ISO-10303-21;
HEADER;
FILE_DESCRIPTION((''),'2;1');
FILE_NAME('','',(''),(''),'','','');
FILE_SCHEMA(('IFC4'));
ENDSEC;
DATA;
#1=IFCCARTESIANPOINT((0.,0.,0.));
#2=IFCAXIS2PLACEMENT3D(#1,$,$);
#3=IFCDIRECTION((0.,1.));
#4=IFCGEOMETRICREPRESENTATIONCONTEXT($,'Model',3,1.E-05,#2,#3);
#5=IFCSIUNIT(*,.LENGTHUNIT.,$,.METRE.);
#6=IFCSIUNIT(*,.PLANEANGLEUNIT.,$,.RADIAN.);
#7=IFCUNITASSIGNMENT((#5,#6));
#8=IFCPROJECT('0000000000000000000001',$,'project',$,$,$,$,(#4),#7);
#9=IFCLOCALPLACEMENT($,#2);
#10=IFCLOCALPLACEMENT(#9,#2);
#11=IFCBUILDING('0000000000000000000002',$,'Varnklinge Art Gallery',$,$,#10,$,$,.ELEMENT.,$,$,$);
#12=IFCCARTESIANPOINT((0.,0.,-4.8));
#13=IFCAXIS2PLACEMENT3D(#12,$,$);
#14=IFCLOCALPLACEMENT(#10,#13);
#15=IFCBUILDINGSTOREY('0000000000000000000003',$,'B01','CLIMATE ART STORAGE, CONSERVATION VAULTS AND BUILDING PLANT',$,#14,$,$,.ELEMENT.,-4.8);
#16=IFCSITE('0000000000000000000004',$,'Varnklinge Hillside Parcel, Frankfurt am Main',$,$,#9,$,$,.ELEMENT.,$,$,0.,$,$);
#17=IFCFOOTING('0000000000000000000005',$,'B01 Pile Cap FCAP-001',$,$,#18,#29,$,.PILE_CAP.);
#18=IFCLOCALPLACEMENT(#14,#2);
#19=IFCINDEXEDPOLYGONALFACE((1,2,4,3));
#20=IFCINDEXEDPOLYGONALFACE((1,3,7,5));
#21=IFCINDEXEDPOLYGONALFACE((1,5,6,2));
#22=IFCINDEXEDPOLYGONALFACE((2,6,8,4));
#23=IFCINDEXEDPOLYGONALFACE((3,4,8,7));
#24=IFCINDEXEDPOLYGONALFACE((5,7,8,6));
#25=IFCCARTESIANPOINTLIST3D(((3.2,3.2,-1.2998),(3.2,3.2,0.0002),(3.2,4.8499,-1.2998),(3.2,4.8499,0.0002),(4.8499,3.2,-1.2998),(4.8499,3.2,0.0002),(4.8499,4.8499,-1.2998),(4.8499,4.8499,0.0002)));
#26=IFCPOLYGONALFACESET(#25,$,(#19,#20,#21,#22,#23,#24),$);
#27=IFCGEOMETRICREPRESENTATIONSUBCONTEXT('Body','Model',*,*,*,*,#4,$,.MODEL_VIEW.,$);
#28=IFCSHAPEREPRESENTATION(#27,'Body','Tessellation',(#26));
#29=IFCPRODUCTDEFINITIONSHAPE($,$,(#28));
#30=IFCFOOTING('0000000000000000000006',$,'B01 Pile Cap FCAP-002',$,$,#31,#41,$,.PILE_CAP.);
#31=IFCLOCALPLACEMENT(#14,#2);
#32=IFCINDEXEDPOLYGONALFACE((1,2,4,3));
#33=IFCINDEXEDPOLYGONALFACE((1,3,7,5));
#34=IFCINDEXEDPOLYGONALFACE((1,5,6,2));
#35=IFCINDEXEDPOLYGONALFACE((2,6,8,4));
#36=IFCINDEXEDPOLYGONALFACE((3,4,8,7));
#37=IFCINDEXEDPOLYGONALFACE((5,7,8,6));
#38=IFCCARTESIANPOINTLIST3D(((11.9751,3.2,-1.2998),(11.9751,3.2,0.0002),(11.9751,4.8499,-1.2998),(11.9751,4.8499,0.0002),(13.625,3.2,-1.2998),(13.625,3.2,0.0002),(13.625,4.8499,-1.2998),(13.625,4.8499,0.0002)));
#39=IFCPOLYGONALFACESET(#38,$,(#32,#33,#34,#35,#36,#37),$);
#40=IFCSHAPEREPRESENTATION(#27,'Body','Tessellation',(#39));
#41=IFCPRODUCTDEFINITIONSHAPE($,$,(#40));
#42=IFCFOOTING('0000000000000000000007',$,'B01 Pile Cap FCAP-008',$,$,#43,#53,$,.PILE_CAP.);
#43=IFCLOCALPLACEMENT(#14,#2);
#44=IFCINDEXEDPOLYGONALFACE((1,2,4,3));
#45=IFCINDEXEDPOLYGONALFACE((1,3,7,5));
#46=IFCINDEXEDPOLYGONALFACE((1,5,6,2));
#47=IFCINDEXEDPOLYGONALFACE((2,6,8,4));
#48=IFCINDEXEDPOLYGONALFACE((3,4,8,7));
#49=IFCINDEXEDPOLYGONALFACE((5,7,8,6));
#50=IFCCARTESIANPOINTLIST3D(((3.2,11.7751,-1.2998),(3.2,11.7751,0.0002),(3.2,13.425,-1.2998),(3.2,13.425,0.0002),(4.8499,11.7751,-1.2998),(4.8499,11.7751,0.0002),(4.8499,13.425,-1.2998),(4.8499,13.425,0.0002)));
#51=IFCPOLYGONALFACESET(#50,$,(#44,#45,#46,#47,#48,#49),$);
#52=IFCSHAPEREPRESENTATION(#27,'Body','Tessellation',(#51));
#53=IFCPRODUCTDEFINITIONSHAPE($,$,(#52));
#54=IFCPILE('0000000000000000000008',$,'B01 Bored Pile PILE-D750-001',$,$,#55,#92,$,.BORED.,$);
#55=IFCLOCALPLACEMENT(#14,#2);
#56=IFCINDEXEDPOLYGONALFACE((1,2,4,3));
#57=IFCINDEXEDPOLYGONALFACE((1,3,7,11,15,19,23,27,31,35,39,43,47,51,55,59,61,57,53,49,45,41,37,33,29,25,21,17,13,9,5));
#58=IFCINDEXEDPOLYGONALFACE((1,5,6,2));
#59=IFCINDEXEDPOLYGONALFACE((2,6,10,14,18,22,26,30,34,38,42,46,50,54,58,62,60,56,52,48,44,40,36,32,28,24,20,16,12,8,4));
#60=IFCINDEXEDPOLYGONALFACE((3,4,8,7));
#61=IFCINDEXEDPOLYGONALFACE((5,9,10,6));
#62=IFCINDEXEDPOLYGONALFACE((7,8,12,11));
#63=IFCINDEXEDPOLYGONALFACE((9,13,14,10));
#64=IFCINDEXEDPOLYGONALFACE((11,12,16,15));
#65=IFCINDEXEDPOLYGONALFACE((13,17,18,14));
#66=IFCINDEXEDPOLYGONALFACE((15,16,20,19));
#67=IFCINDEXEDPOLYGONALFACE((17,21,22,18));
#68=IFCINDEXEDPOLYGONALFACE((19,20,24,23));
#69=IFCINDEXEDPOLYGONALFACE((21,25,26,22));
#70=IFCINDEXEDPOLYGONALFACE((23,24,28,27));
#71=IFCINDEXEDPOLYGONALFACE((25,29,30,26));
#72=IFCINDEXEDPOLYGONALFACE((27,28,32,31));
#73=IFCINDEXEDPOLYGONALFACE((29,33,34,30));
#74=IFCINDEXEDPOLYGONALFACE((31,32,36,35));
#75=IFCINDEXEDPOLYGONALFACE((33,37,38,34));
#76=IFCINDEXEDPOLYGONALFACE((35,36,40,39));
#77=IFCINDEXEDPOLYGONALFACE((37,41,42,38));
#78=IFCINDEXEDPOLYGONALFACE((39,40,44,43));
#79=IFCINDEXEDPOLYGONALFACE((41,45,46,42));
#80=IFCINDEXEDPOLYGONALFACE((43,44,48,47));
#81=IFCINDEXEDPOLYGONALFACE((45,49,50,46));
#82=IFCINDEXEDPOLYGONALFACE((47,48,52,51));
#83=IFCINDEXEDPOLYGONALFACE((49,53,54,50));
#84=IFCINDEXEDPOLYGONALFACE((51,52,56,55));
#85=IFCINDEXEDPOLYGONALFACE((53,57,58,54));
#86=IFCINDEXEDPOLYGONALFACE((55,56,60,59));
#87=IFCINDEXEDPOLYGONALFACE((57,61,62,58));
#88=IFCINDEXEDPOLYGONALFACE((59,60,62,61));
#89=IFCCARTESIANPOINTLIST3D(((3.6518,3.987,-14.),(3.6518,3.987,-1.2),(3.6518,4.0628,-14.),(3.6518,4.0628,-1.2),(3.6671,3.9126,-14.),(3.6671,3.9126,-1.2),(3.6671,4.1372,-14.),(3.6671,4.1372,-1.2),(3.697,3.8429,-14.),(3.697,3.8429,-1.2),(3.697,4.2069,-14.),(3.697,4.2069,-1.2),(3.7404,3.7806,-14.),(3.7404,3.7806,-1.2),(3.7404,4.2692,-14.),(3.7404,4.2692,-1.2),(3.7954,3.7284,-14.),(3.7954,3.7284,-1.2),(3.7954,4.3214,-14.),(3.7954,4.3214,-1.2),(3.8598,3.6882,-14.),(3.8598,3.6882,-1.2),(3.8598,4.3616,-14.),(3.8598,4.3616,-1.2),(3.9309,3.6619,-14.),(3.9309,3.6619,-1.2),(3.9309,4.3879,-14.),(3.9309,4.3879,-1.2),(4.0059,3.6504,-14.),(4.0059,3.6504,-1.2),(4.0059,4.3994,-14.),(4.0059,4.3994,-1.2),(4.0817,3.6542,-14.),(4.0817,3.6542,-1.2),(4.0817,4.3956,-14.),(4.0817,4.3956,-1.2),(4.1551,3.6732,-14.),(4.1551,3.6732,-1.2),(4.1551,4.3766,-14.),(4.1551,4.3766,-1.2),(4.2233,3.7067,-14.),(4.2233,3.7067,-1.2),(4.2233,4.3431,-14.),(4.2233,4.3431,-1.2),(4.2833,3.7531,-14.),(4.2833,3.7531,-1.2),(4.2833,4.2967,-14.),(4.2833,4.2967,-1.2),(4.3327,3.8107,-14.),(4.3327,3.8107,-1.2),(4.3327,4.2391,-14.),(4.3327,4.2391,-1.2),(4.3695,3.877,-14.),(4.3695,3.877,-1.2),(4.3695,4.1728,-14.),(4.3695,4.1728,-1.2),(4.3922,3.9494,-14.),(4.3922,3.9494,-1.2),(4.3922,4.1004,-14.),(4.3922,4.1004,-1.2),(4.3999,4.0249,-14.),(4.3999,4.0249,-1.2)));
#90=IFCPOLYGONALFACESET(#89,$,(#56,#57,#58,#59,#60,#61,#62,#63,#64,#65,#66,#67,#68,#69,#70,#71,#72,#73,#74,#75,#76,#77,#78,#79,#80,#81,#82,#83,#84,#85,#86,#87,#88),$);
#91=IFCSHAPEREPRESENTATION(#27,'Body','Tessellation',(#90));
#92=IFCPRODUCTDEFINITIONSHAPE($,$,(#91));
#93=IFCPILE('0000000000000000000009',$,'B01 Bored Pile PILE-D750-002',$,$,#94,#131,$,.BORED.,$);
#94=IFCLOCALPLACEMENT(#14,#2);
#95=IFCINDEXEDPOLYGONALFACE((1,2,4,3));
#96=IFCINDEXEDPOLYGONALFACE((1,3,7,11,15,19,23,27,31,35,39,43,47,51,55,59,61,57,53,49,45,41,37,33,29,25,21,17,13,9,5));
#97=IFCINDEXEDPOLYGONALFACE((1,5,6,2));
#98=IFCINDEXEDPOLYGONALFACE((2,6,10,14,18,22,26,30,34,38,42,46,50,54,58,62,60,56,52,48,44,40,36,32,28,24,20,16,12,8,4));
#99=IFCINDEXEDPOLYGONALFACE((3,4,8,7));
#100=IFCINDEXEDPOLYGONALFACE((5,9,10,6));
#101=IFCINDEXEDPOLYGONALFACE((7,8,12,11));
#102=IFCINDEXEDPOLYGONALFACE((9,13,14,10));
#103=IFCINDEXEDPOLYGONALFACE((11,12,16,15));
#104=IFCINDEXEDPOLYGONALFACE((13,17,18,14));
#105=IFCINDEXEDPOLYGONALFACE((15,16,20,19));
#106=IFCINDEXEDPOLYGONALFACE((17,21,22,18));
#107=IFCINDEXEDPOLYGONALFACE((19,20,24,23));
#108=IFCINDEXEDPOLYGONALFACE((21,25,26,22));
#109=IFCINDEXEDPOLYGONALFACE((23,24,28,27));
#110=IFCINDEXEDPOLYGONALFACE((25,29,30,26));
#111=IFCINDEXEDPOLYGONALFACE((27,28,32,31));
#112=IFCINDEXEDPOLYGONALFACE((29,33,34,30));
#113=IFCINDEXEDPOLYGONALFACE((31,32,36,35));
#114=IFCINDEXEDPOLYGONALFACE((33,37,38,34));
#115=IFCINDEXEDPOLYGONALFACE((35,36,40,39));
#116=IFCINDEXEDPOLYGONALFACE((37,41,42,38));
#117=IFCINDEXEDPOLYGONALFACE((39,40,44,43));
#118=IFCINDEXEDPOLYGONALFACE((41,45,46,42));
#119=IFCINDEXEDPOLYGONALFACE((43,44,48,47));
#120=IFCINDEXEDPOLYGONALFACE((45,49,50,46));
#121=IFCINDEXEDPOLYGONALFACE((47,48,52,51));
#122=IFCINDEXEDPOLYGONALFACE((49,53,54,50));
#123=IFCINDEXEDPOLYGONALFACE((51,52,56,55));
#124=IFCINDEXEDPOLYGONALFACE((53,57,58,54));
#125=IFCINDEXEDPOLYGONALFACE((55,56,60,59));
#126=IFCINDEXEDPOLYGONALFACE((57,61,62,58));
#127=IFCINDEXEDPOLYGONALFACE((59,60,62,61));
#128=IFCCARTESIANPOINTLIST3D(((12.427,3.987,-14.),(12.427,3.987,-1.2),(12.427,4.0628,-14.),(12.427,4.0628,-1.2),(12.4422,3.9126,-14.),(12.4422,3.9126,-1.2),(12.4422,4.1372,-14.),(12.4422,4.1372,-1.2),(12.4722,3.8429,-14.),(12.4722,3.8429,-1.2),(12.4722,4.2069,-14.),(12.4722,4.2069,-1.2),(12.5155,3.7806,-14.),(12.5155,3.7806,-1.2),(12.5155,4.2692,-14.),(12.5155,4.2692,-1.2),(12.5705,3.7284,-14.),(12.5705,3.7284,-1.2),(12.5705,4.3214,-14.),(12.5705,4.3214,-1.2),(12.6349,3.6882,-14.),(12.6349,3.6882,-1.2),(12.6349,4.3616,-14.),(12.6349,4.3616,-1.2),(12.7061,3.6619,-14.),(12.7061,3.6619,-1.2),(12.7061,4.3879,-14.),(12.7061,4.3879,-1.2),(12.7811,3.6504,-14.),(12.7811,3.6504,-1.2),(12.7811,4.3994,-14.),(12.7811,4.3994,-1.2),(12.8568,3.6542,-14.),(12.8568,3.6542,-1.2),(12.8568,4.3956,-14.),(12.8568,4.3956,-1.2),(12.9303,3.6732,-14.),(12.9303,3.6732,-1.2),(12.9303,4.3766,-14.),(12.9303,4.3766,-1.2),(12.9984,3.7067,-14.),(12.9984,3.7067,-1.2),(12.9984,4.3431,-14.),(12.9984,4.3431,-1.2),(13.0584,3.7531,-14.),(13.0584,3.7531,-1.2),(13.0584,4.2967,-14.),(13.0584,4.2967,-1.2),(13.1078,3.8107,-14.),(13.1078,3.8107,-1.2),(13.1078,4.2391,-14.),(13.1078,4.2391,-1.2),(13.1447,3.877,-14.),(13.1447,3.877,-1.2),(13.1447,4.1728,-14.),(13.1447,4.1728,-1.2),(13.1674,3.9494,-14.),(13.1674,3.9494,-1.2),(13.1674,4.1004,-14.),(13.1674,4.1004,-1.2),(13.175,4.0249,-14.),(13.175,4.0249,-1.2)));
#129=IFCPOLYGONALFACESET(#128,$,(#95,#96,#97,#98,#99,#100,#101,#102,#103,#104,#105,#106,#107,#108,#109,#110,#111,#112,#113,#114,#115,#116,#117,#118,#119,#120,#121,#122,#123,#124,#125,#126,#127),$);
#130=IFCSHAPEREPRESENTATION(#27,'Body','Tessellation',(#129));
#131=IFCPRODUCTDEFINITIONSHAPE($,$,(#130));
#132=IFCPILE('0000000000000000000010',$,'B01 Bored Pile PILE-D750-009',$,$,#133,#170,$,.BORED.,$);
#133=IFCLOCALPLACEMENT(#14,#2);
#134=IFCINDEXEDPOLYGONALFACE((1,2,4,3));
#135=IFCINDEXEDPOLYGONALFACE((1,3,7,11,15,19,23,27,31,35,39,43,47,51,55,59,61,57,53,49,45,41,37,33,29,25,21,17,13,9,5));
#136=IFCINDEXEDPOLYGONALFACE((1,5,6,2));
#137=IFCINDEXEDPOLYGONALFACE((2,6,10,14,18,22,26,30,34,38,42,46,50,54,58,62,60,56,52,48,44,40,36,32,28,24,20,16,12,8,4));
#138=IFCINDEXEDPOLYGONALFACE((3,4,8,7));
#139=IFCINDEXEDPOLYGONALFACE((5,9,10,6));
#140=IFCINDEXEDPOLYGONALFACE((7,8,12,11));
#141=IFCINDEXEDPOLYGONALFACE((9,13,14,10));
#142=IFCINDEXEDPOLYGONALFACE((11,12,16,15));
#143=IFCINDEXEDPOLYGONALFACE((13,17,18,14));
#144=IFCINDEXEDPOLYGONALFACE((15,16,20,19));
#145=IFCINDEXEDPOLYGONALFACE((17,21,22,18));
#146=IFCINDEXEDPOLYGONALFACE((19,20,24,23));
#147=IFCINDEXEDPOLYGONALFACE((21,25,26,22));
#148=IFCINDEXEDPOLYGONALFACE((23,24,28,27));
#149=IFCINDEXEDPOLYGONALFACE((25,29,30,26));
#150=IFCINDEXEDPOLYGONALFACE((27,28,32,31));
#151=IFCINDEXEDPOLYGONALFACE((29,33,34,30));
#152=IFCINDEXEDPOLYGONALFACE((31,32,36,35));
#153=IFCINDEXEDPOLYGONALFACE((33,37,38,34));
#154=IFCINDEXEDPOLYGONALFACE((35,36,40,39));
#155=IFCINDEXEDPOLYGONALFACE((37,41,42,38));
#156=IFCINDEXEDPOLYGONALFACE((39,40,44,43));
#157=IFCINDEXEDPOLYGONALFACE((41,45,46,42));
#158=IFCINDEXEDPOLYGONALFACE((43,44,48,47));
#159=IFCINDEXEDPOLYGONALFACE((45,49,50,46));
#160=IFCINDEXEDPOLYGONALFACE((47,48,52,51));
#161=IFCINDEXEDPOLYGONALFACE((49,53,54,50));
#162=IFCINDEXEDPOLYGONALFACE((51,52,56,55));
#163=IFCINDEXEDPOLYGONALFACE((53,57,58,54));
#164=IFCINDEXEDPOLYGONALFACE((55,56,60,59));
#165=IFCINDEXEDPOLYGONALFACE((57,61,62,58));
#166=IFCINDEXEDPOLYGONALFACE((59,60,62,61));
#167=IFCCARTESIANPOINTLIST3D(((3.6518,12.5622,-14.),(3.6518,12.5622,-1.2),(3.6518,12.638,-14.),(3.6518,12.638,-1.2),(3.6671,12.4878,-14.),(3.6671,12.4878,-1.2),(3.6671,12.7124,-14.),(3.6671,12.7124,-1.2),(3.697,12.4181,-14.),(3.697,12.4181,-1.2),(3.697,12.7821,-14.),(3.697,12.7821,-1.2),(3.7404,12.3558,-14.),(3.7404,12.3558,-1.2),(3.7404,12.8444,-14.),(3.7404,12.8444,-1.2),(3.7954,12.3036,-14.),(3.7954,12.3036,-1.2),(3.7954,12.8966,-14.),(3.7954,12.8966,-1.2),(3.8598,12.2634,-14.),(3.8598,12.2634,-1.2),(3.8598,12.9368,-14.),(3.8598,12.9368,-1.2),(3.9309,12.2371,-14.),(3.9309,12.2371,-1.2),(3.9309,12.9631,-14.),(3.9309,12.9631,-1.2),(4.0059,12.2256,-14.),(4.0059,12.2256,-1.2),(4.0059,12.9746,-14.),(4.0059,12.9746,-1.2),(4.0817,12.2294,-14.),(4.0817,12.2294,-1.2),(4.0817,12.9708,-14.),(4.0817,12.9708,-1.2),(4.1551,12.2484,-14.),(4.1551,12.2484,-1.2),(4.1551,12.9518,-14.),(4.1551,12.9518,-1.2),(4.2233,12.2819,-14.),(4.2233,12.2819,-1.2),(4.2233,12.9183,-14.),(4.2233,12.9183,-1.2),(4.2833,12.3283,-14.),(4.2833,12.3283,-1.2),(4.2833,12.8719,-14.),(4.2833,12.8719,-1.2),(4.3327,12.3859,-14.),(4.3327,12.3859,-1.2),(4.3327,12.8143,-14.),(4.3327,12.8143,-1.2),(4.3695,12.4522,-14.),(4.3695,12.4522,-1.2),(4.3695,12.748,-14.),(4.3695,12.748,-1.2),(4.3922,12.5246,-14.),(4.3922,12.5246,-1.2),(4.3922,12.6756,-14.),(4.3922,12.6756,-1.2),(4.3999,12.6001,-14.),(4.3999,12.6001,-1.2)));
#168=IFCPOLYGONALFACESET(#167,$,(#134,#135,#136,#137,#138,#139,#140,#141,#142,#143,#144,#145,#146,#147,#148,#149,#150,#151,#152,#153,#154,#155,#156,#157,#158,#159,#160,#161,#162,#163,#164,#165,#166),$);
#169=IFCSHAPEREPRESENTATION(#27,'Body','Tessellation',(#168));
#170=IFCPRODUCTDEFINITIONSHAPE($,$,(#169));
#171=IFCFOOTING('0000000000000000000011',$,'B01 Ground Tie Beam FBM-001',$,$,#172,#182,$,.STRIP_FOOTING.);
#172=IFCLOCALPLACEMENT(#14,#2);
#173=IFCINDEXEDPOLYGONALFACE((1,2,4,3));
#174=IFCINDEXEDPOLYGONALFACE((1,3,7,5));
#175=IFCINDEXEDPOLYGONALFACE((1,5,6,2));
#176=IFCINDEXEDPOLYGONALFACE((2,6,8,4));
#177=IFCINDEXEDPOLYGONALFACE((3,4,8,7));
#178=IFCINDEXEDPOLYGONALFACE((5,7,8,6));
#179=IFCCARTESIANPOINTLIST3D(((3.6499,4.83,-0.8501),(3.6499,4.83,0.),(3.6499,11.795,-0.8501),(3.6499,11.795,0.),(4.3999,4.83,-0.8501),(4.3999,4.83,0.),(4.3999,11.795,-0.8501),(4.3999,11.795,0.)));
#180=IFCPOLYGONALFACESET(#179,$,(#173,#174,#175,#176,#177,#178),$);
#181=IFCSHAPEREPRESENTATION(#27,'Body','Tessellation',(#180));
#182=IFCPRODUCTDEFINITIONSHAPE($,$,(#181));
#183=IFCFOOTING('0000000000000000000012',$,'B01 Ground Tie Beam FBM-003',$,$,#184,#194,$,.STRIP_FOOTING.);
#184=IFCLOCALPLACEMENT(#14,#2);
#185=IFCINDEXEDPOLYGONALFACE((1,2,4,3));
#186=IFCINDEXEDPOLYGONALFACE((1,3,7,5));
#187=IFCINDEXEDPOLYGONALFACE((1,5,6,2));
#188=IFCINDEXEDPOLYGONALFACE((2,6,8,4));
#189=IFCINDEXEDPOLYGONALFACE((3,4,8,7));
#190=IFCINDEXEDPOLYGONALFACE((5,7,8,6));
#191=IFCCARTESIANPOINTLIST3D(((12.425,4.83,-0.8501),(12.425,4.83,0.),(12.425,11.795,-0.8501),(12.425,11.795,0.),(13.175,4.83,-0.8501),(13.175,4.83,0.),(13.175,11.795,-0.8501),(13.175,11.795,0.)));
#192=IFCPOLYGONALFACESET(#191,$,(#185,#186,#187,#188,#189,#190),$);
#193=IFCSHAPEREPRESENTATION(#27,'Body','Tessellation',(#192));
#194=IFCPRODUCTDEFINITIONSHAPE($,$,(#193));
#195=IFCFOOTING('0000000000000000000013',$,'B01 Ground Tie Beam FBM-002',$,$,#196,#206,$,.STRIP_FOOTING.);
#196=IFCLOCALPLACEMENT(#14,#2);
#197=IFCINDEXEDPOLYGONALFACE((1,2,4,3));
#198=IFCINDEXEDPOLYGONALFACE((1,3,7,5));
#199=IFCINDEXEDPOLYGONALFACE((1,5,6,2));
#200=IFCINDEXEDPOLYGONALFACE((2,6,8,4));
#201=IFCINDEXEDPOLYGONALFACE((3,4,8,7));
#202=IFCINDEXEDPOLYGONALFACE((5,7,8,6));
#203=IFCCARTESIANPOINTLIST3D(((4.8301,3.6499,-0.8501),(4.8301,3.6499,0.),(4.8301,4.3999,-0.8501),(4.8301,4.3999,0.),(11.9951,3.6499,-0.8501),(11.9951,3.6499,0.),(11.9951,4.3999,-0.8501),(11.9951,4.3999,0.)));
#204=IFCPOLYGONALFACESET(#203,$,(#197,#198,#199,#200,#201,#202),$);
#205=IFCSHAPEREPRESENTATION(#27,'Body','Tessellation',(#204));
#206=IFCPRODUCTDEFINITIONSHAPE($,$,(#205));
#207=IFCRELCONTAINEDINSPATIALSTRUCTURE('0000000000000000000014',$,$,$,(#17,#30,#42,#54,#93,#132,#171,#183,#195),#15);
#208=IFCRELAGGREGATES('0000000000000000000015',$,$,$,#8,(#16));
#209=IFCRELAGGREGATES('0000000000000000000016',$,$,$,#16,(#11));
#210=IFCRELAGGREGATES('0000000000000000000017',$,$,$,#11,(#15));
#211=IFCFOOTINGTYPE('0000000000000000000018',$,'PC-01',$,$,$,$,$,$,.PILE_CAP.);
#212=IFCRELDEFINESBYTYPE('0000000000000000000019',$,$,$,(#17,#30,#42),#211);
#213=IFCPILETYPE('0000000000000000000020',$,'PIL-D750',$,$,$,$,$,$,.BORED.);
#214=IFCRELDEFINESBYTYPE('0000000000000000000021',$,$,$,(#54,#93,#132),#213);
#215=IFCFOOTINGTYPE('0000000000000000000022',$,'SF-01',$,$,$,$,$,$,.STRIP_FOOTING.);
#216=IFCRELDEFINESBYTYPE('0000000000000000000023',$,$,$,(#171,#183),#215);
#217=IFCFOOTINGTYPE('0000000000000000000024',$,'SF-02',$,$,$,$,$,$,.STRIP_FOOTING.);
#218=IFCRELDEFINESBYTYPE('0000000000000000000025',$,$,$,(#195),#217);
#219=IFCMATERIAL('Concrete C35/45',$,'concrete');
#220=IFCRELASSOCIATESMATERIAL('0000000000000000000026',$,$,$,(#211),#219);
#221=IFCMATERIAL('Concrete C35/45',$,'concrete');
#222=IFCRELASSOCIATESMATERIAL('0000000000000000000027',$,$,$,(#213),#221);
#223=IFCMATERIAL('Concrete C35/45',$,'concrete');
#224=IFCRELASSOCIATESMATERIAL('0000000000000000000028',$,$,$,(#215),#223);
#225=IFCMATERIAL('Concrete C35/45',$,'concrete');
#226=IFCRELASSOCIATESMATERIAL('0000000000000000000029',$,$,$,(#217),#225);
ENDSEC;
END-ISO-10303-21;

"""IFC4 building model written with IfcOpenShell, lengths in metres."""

from ifc_helpers import new_model, si_unit, direction, frame, origin, origin_2d, place, context, subcontext, project, spatial, rectangle, circle, extrude, material, material_profile, profile_set, type_object, element, save


model = new_model("IFC4")

# Units and contexts
model_context = context("Model", 3, precision=1e-05, world=origin(), true_north=direction((0.0, 1.0)))
body_context = subcontext(model_context, "Body", "Model", "MODEL_VIEW")
ifc_project = project(units=[si_unit("LENGTHUNIT", "METRE"), si_unit("PLANEANGLEUNIT", "RADIAN")], contexts=[model_context])

# Site, building, storey
site_placement = place(None, origin())
site = spatial("IfcSite", under=ifc_project, at=site_placement, Name="Varnklinge Hillside Parcel, Frankfurt am Main", CompositionType="ELEMENT", RefElevation=0.0)
building_placement = place(site_placement, origin())
building = spatial("IfcBuilding", under=site, at=building_placement, Name="Varnklinge Art Gallery", CompositionType="ELEMENT")
storey_placement = place(building_placement, frame((0.0, 0.0, -4.8)))
storey = spatial("IfcBuildingStorey", under=building, at=storey_placement, Name="B01", Description="CLIMATE ART STORAGE, CONSERVATION VAULTS AND BUILDING PLANT", CompositionType="ELEMENT", Elevation=-4.8)

# Footings
ifc_material_1 = material(Name="Concrete C35/45", Category="concrete")
footing_type_1 = type_object("IfcFootingType", Name="PC-01", PredefinedType="PILE_CAP", material=ifc_material_1)
for number, where, z_axis, x_axis, name in (
    (1, (4.0249, 4.0249, -1.2998), (0.0, 0.0, 1.0), (1.0, 0.0, 0.0), "B01 Pile Cap FCAP-001"),
    (2, (12.8, 4.0249, -1.2998), (0.0, 0.0, 1.0), (1.0, 0.0, 0.0), "B01 Pile Cap FCAP-002"),
    (3, (4.0249, 12.6001, -1.2998), (0.0, 0.0, 1.0), (1.0, 0.0, 0.0), "B01 Pile Cap FCAP-008"),
):
    element("IfcFooting", number, at=place(storey_placement, frame(where, z_axis=z_axis, x_axis=x_axis)), inside=storey, type_object=footing_type_1, Name=name, PredefinedType="PILE_CAP", context=body_context, shape_type="SweptSolid", body=[
        extrude(rectangle(XDim=1.6499, YDim=1.6499, at=origin_2d()), origin(), (0.0, 0.0, 1.0), 1.3),
    ])

# Piles
ifc_material_2 = material(Name="Concrete C35/45", Category="concrete")
ifc_material_profile_1 = material_profile(ifc_material_2, circle(Radius=0.375, at=origin_2d()), Name="PILE D750")
ifc_profile_set_1 = profile_set([ifc_material_profile_1], Name="Concrete C35/45")
pile_type = type_object("IfcPileType", Name="PIL-D750", PredefinedType="BORED", material=ifc_profile_set_1)
for number, where, z_axis, x_axis, name in (
    (4, (4.0249, 4.0249, -1.2), (0.0, 0.0, -1.0), (1.0, 0.0, 0.0), "B01 Bored Pile PILE-D750-001"),
    (5, (12.8, 4.0249, -1.2), (0.0, 0.0, -1.0), (1.0, 0.0, 0.0), "B01 Bored Pile PILE-D750-002"),
    (6, (4.0249, 12.6001, -1.2), (0.0, 0.0, -1.0), (1.0, 0.0, 0.0), "B01 Bored Pile PILE-D750-009"),
):
    element("IfcPile", number, at=place(storey_placement, frame(where, z_axis=z_axis, x_axis=x_axis)), inside=storey, type_object=pile_type, Name=name, PredefinedType="BORED", context=body_context, shape_type="SweptSolid", body=[
        extrude(circle(Radius=0.375, at=origin_2d()), origin(), (0.0, 0.0, 1.0), 12.8),
    ])

# Footings
ifc_material_3 = material(Name="Concrete C35/45", Category="concrete")
footing_type_2 = type_object("IfcFootingType", Name="SF-01", PredefinedType="STRIP_FOOTING", material=ifc_material_3)
for number, where, z_axis, x_axis, name in (
    (7, (4.0249, 8.3125, -0.8501), (0.0, 0.0, 1.0), (0.0, 1.0, 0.0), "B01 Ground Tie Beam FBM-001"),
    (8, (12.8, 8.3125, -0.8501), (0.0, 0.0, 1.0), (0.0, 1.0, 0.0), "B01 Ground Tie Beam FBM-003"),
):
    element("IfcFooting", number, at=place(storey_placement, frame(where, z_axis=z_axis, x_axis=x_axis)), inside=storey, type_object=footing_type_2, Name=name, PredefinedType="STRIP_FOOTING", context=body_context, shape_type="SweptSolid", body=[
        extrude(rectangle(XDim=6.9651, YDim=0.75, at=origin_2d()), origin(), (0.0, 0.0, 1.0), 0.8501),
    ])
ifc_material_4 = material(Name="Concrete C35/45", Category="concrete")
footing_type_3 = type_object("IfcFootingType", Name="SF-02", PredefinedType="STRIP_FOOTING", material=ifc_material_4)
footing_placement = place(storey_placement, frame((8.4126, 4.0249, -0.8501), z_axis=(0.0, 0.0, 1.0), x_axis=(1.0, 0.0, 0.0)))
element("IfcFooting", 9, at=footing_placement, inside=storey, type_object=footing_type_3, Name="B01 Ground Tie Beam FBM-002", PredefinedType="STRIP_FOOTING", context=body_context, shape_type="SweptSolid", body=[
    extrude(rectangle(XDim=7.165, YDim=0.75, at=origin_2d()), origin(), (0.0, 0.0, 1.0), 0.8501),
])

save(model, "model.ifc")
